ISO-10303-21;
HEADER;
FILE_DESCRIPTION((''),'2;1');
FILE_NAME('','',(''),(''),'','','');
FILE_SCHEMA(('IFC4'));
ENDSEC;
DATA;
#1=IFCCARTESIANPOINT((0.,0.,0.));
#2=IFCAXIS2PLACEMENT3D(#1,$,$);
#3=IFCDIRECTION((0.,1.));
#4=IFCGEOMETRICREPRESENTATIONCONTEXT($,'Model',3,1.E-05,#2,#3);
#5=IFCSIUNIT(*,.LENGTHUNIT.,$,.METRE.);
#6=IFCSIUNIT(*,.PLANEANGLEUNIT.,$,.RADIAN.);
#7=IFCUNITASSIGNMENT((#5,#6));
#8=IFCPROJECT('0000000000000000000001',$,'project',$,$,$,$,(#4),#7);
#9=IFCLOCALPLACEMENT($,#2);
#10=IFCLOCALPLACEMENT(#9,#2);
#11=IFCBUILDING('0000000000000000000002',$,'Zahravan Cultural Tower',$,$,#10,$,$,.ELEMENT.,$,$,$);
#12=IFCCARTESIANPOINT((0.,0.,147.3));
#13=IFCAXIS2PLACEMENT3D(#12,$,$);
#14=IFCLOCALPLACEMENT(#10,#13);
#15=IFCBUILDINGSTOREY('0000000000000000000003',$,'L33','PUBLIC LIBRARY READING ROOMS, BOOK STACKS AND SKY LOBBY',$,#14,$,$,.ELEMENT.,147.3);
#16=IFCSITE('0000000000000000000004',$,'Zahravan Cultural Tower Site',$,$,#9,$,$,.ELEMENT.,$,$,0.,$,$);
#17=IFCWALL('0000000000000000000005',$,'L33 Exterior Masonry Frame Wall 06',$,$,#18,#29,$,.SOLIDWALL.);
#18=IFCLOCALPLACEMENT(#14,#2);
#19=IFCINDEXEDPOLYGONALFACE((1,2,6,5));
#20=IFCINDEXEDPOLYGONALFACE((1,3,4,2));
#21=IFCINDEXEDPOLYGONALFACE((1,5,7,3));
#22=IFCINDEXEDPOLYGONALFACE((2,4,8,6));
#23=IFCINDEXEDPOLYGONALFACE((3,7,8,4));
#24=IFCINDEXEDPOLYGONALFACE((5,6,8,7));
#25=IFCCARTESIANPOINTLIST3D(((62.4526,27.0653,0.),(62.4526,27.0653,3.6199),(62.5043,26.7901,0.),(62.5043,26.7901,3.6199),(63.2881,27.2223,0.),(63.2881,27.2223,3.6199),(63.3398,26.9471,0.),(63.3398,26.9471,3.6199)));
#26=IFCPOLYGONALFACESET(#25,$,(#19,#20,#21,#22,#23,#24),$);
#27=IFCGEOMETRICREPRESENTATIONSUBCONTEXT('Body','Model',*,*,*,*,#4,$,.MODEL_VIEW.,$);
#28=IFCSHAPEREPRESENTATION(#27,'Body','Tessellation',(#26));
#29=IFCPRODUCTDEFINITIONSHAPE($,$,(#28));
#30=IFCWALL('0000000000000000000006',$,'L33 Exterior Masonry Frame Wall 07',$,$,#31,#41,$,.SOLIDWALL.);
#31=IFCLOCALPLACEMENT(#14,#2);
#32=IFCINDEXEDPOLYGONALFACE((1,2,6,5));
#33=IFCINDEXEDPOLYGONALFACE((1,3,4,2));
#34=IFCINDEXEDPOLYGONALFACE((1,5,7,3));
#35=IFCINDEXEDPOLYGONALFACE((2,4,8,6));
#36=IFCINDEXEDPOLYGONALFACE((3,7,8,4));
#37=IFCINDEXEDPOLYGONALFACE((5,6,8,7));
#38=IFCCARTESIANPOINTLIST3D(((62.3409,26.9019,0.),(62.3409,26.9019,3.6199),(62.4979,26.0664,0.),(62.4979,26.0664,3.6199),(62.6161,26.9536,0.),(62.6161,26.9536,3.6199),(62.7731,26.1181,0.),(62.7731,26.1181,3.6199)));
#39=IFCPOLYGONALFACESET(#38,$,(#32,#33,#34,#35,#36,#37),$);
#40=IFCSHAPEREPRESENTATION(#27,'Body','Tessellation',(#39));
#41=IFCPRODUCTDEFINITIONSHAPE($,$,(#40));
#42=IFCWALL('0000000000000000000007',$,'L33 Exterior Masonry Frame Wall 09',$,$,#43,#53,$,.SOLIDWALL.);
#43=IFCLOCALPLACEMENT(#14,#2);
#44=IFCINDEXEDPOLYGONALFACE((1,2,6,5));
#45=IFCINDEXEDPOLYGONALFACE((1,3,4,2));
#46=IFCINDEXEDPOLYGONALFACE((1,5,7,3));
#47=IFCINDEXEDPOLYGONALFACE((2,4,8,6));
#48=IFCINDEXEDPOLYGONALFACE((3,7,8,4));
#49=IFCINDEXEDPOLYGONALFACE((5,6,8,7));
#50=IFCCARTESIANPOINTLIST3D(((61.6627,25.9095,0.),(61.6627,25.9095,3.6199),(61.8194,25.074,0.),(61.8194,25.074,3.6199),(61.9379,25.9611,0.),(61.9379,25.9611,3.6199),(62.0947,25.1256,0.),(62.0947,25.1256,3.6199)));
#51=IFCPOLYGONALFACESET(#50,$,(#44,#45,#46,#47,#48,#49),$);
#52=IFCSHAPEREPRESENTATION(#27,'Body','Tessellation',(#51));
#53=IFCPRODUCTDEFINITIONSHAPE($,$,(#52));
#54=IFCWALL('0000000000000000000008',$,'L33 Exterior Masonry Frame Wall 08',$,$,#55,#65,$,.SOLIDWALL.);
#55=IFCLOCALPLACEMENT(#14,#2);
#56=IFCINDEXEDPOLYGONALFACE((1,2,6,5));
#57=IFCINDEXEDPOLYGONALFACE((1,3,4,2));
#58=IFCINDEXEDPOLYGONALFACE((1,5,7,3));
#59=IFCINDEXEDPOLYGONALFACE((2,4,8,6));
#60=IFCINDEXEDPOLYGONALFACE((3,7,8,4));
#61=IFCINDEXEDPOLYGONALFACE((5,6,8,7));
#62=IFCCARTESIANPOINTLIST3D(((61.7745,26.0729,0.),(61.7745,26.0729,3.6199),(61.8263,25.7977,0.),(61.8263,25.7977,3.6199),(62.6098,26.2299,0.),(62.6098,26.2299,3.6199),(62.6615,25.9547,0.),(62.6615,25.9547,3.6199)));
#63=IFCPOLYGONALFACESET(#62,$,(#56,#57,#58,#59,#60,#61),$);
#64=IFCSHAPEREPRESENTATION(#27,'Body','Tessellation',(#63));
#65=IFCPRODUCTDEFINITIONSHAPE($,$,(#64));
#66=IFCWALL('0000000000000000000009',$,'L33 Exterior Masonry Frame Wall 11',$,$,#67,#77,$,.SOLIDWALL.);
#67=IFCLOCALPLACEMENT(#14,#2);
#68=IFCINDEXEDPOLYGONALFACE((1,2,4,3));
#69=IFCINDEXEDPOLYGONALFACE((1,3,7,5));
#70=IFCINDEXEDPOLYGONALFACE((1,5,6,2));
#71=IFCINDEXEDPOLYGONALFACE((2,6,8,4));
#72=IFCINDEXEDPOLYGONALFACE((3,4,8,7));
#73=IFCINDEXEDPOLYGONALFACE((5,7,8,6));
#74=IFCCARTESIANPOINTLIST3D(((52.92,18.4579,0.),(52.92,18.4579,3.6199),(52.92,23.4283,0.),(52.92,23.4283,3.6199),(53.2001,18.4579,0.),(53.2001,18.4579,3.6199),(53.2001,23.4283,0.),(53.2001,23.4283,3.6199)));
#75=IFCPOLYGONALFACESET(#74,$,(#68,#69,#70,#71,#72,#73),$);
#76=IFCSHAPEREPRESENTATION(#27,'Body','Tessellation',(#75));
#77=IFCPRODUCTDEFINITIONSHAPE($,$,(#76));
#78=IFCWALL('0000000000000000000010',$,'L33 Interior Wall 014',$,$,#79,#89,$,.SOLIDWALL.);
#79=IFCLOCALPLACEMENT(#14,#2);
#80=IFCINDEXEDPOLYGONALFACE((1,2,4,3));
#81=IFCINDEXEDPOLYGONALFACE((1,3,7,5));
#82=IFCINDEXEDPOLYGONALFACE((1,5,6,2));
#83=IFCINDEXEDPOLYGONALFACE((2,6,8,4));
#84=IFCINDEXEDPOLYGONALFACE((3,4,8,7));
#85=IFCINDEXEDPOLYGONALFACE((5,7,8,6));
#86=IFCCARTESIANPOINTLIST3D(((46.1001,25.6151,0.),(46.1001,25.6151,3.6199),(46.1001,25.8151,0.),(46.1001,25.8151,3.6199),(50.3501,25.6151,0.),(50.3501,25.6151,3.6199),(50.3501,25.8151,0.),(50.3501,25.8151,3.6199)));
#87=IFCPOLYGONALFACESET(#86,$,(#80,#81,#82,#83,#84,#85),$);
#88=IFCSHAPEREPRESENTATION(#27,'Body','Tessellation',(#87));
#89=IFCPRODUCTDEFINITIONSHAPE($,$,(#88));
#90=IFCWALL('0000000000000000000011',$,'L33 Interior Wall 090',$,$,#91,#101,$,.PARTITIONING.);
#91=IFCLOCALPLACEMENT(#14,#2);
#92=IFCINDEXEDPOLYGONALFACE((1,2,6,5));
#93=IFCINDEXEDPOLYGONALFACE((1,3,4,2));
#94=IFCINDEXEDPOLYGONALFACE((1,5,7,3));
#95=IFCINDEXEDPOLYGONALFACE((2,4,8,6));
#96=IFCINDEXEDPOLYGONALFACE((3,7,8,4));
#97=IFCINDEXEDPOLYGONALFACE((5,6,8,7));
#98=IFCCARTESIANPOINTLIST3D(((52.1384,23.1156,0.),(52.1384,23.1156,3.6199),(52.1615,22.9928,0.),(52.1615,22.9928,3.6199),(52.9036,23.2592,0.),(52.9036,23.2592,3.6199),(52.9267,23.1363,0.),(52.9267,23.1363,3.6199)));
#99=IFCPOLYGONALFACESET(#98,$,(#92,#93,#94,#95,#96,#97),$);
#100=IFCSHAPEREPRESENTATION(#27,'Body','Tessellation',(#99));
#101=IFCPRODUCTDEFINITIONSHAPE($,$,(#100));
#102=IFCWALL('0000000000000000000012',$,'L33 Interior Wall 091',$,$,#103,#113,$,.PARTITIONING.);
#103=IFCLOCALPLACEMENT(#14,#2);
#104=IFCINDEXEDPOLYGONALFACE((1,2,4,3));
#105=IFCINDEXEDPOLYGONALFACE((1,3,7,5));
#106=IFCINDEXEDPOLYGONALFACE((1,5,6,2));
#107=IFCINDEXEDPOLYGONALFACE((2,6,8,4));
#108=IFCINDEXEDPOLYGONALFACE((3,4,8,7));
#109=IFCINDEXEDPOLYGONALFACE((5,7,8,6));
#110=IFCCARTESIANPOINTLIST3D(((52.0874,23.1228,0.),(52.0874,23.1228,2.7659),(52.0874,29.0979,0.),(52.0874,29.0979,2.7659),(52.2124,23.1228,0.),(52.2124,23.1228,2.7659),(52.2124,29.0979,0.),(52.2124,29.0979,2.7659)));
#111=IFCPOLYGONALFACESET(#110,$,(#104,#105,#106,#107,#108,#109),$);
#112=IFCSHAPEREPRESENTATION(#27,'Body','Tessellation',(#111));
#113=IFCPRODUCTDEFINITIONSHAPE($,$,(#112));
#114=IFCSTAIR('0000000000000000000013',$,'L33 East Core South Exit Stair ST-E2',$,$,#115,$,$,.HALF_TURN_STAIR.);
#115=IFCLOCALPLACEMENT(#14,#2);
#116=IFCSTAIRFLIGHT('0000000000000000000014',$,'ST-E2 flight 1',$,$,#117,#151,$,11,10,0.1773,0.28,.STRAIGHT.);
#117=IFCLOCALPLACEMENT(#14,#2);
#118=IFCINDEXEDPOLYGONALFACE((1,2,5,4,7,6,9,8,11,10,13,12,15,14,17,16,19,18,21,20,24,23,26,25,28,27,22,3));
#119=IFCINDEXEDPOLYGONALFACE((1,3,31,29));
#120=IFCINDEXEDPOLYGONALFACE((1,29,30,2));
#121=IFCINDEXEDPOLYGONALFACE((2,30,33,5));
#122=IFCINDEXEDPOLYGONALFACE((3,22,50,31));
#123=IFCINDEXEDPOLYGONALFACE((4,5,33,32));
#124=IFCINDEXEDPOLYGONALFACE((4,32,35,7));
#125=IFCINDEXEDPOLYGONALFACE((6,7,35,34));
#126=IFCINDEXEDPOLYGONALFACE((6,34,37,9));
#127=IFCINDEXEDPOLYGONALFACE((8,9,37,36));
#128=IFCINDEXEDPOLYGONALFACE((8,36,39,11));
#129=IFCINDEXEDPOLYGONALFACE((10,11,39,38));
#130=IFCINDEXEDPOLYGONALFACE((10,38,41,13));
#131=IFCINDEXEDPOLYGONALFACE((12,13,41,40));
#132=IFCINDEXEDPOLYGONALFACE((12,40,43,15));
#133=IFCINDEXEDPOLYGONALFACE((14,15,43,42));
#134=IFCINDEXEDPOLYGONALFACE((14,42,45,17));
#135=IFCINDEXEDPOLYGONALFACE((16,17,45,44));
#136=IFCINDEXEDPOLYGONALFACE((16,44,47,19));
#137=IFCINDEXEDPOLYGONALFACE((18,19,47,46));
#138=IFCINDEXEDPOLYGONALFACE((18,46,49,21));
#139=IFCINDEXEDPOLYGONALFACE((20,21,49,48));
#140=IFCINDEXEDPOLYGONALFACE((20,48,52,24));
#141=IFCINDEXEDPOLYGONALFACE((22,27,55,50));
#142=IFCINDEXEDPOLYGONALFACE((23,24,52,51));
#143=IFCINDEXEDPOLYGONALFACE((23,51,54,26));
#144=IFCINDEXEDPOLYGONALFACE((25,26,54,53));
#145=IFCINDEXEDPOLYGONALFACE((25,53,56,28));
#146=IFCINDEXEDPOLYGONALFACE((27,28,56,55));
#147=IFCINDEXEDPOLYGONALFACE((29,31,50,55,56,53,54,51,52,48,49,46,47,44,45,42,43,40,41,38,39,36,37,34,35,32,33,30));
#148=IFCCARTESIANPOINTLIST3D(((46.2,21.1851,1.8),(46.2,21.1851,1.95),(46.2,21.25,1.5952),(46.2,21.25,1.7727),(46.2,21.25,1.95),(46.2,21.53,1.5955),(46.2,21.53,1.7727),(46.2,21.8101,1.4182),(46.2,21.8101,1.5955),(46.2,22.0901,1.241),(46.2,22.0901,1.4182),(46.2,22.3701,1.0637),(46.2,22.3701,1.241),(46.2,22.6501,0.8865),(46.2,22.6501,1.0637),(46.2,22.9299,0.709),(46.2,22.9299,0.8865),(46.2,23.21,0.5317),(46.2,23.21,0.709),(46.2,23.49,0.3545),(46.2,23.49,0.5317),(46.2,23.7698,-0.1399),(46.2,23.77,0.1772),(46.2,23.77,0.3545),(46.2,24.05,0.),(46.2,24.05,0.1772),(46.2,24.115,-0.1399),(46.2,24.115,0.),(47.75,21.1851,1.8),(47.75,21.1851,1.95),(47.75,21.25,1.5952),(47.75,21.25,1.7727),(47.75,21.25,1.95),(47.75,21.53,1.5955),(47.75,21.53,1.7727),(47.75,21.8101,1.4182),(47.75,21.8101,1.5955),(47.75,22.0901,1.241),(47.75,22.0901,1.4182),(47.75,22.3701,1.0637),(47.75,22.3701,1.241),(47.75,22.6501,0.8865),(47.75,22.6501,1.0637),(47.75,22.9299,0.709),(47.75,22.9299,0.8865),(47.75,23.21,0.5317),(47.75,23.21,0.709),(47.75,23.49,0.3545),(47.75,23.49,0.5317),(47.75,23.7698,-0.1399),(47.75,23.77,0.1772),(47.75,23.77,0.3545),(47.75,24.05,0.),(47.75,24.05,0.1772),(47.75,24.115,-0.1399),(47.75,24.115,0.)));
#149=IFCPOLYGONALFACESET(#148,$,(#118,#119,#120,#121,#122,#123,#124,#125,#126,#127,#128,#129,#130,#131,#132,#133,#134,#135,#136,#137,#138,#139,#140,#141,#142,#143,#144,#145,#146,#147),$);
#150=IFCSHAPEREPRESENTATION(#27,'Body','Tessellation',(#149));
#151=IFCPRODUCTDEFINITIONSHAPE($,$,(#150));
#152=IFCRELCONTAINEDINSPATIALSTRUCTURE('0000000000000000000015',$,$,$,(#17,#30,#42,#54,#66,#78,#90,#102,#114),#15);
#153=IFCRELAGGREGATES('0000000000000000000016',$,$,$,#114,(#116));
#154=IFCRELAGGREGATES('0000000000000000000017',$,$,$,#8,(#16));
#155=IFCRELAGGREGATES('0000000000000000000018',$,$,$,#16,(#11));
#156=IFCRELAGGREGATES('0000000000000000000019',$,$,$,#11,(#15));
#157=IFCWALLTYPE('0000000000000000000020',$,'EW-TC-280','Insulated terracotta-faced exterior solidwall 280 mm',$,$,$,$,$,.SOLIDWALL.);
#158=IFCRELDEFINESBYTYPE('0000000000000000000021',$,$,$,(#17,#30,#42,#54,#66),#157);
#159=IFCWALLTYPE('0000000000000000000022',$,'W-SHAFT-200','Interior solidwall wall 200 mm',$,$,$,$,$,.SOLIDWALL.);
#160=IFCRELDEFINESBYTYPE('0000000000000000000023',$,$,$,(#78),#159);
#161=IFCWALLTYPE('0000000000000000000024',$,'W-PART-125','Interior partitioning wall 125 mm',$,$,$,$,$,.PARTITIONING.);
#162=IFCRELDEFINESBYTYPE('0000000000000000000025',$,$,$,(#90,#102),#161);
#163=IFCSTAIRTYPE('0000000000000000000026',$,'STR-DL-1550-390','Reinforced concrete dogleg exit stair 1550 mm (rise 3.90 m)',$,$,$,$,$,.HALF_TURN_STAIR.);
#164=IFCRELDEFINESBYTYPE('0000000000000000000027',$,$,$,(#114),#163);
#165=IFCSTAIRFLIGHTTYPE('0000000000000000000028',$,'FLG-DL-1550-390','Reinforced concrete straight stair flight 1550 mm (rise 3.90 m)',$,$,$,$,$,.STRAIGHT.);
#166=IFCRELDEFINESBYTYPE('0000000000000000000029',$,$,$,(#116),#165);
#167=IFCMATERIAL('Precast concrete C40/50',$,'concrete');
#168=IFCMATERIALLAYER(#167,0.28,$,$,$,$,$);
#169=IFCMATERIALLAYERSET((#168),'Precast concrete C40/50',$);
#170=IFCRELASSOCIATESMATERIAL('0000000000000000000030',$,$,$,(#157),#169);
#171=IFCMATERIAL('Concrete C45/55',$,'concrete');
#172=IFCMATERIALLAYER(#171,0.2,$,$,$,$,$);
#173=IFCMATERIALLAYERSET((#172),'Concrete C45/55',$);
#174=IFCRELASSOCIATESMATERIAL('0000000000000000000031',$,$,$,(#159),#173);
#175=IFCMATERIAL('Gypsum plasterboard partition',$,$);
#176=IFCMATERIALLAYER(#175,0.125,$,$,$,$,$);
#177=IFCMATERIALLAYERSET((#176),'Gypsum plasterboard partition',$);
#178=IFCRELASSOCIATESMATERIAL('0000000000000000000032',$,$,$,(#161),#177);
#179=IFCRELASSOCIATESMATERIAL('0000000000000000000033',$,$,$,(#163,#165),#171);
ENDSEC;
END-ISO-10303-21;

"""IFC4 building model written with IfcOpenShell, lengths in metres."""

from ifc_helpers import new_model, si_unit, direction, frame, frame_2d, origin, place, context, subcontext, project, spatial, polyline, rectangle, outline, extrude, source, transform, mapped, material, layer, layer_set, type_object, element, aggregate, save


model = new_model("IFC4")

# Units and contexts
model_context = context("Model", 3, precision=1e-05, world=origin(), true_north=direction((0.0, 1.0)))
body_context = subcontext(model_context, "Body", "Model", "MODEL_VIEW")
ifc_project = project(units=[si_unit("LENGTHUNIT", "METRE"), si_unit("PLANEANGLEUNIT", "RADIAN")], contexts=[model_context])

# Site, building, storey
site_placement = place(None, origin())
site = spatial("IfcSite", under=ifc_project, at=site_placement, Name="Zahravan Cultural Tower Site", CompositionType="ELEMENT", RefElevation=0.0)
building_placement = place(site_placement, origin())
building = spatial("IfcBuilding", under=site, at=building_placement, Name="Zahravan Cultural Tower", CompositionType="ELEMENT")
storey_placement = place(building_placement, frame((0.0, 0.0, 147.3)))
storey = spatial("IfcBuildingStorey", under=building, at=storey_placement, Name="L33", Description="PUBLIC LIBRARY READING ROOMS, BOOK STACKS AND SKY LOBBY", CompositionType="ELEMENT", Elevation=147.3)

# Shared definitions
ifc_material_1 = material(Name="Precast concrete C40/50", Category="concrete")
ifc_layer_1 = layer(ifc_material_1, 0.28)
ifc_layer_set_1 = layer_set([ifc_layer_1], Name="Precast concrete C40/50")
wall_type_1 = type_object("IfcWallType", Name="EW-TC-280", Description="Insulated terracotta-faced exterior solidwall 280 mm", PredefinedType="SOLIDWALL", material=ifc_layer_set_1)

# Walls
shared_shape_1 = source(origin(), body_context, "Body", "SweptSolid", [
    extrude(rectangle(XDim=0.8501, YDim=0.28, at=frame_2d((0.425, 0.0))), origin(), (0.0, 0.0, 1.0), 3.6199),
])
for number, where, z_axis, x_axis, name in (
    (1, (63.314, 27.0847, 0.0), (0.0, 0.0, 1.0), (-0.982801, -0.18467, 0.0), "L33 Exterior Masonry Frame Wall 06"),
    (2, (62.4785, 26.9277, 0.0), (0.0, 0.0, 1.0), (0.18467, -0.982801, 0.0), "L33 Exterior Masonry Frame Wall 07"),
    (3, (61.8003, 25.9353, 0.0), (0.0, 0.0, 1.0), (0.184393, -0.982853, 0.0), "L33 Exterior Masonry Frame Wall 09"),
):
    element("IfcWall", number, at=place(storey_placement, frame(where, z_axis=z_axis, x_axis=x_axis)), inside=storey, type_object=wall_type_1, Name=name, PredefinedType="SOLIDWALL", context=body_context, shape_type="MappedRepresentation", body=[
        mapped(shared_shape_1, transform((0.0, 0.0, 0.0), x_axis=(1.0, 0.0, 0.0), y_axis=(0.0, 1.0, 0.0), z_axis=(0.0, 0.0, 1.0), scale=1.0)),
    ])
shared_shape_2 = source(origin(), body_context, "Body", "SweptSolid", [
    extrude(rectangle(XDim=0.8499, YDim=0.28, at=frame_2d((0.4248, 0.0))), origin(), (0.0, 0.0, 1.0), 3.6199),
])
wall_1_placement = place(storey_placement, frame((62.6355, 26.0923, 0.0), z_axis=(0.0, 0.0, 1.0), x_axis=(-0.982791, -0.184722, 0.0)))
element("IfcWall", 4, at=wall_1_placement, inside=storey, type_object=wall_type_1, Name="L33 Exterior Masonry Frame Wall 08", PredefinedType="SOLIDWALL", context=body_context, shape_type="MappedRepresentation", body=[
    mapped(shared_shape_2, transform((0.0, 0.0, 0.0), x_axis=(1.0, 0.0, 0.0), y_axis=(0.0, 1.0, 0.0), z_axis=(0.0, 0.0, 1.0), scale=1.0)),
])
shared_shape_3 = source(origin(), body_context, "Body", "SweptSolid", [
    extrude(rectangle(XDim=4.9705, YDim=0.28, at=frame_2d((2.4854, 0.0))), origin(), (0.0, 0.0, 1.0), 3.6199),
])
wall_2_placement = place(storey_placement, frame((53.0601, 23.4285, 0.0), z_axis=(0.0, 0.0, 1.0), x_axis=(0.0, -1.0, 0.0)))
element("IfcWall", 5, at=wall_2_placement, inside=storey, type_object=wall_type_1, Name="L33 Exterior Masonry Frame Wall 11", PredefinedType="SOLIDWALL", context=body_context, shape_type="MappedRepresentation", body=[
    mapped(shared_shape_3, transform((0.0, 0.0, 0.0), x_axis=(1.0, 0.0, 0.0), y_axis=(0.0, 1.0, 0.0), z_axis=(0.0, 0.0, 1.0), scale=1.0)),
])
ifc_material_2 = material(Name="Concrete C45/55", Category="concrete")
ifc_layer_2 = layer(ifc_material_2, 0.2)
ifc_layer_set_2 = layer_set([ifc_layer_2], Name="Concrete C45/55")
wall_type_2 = type_object("IfcWallType", Name="W-SHAFT-200", Description="Interior solidwall wall 200 mm", PredefinedType="SOLIDWALL", material=ifc_layer_set_2)
shared_shape_4 = source(origin(), body_context, "Body", "SweptSolid", [
    extrude(rectangle(XDim=4.25, YDim=0.2, at=frame_2d((2.125, 0.0))), origin(), (0.0, 0.0, 1.0), 3.6199),
])
wall_3_placement = place(storey_placement, frame((46.1001, 25.7151, 0.0), z_axis=(0.0, 0.0, 1.0), x_axis=(1.0, 0.0, 0.0)))
element("IfcWall", 6, at=wall_3_placement, inside=storey, type_object=wall_type_2, Name="L33 Interior Wall 014", PredefinedType="SOLIDWALL", context=body_context, shape_type="MappedRepresentation", body=[
    mapped(shared_shape_4, transform((0.0, 0.0, 0.0), x_axis=(1.0, 0.0, 0.0), y_axis=(0.0, 1.0, 0.0), z_axis=(0.0, 0.0, 1.0), scale=1.0)),
])
ifc_material_3 = material(Name="Gypsum plasterboard partition")
ifc_layer_3 = layer(ifc_material_3, 0.125)
ifc_layer_set_3 = layer_set([ifc_layer_3], Name="Gypsum plasterboard partition")
wall_type_3 = type_object("IfcWallType", Name="W-PART-125", Description="Interior partitioning wall 125 mm", PredefinedType="PARTITIONING", material=ifc_layer_set_3)
shared_shape_5 = source(origin(), body_context, "Body", "SweptSolid", [
    extrude(rectangle(XDim=0.7786, YDim=0.125, at=frame_2d((0.3892, 0.0))), origin(), (0.0, 0.0, 1.0), 3.6199),
])
wall_4_placement = place(storey_placement, frame((52.915, 23.1978, 0.0), z_axis=(0.0, 0.0, 1.0), x_axis=(-0.982851, -0.184402, 0.0)))
element("IfcWall", 7, at=wall_4_placement, inside=storey, type_object=wall_type_3, Name="L33 Interior Wall 090", PredefinedType="PARTITIONING", context=body_context, shape_type="MappedRepresentation", body=[
    mapped(shared_shape_5, transform((0.0, 0.0, 0.0), x_axis=(1.0, 0.0, 0.0), y_axis=(0.0, 1.0, 0.0), z_axis=(0.0, 0.0, 1.0), scale=1.0)),
])
shared_shape_6 = source(origin(), body_context, "Body", "SweptSolid", [
    extrude(rectangle(XDim=5.9751, YDim=0.125, at=frame_2d((2.9875, 0.0))), origin(), (0.0, 0.0, 1.0), 2.7659),
])
wall_5_placement = place(storey_placement, frame((52.1499, 23.1228, 0.0), z_axis=(0.0, 0.0, 1.0), x_axis=(0.0, 1.0, 0.0)))
element("IfcWall", 8, at=wall_5_placement, inside=storey, type_object=wall_type_3, Name="L33 Interior Wall 091", PredefinedType="PARTITIONING", context=body_context, shape_type="MappedRepresentation", body=[
    mapped(shared_shape_6, transform((0.0, 0.0, 0.0), x_axis=(1.0, 0.0, 0.0), y_axis=(0.0, 1.0, 0.0), z_axis=(0.0, 0.0, 1.0), scale=1.0)),
])

# Stair, stair flight
stair_type = type_object("IfcStairType", Name="STR-DL-1550-390", Description="Reinforced concrete dogleg exit stair 1550 mm (rise 3.90 m)", PredefinedType="HALF_TURN_STAIR", material=ifc_material_2)
stair_placement = place(storey_placement, origin())
stair = element("IfcStair", 9, at=stair_placement, inside=storey, type_object=stair_type, Name="L33 East Core South Exit Stair ST-E2", PredefinedType="HALF_TURN_STAIR")
stair_flight_type = type_object("IfcStairFlightType", Name="FLG-DL-1550-390", Description="Reinforced concrete straight stair flight 1550 mm (rise 3.90 m)", PredefinedType="STRAIGHT", material=ifc_material_2)
stair_flight_1_placement = place(storey_placement, frame((46.9751, 24.05, 0.0), z_axis=(0.0, 0.0, 1.0), x_axis=(0.0, -1.0, 0.0)))
stair_flight_1 = element("IfcStairFlight", 10, at=stair_flight_1_placement, type_object=stair_flight_type, Name="ST-E2 flight 1", NumberOfRisers=11, NumberOfTreads=10, PredefinedType="STRAIGHT", RiserHeight=0.1773, TreadLength=0.28, context=body_context, shape_type="SweptSolid", body=[
    extrude(outline(polyline([(-0.0649, -0.1399), (-0.0649, 0.0), (0.0, 0.0), (0.0, 0.1772), (0.28, 0.1772), (0.28, 0.3545), (0.5601, 0.3545), (0.5601, 0.5317), (0.8401, 0.5317), (0.8401, 0.709), (1.1201, 0.709), (1.1201, 0.8865), (1.3999, 0.8865), (1.3999, 1.0637), (1.6799, 1.0637), (1.6799, 1.241), (1.96, 1.241), (1.96, 1.4182), (2.24, 1.4182), (2.24, 1.5955), (2.52, 1.5955), (2.52, 1.7727), (2.8, 1.7727), (2.8, 1.95), (2.865, 1.95), (2.865, 1.8), (2.8, 1.5952), (0.2803, -0.1399), (-0.0649, -0.1399)])), frame((0.0, 0.7749, 0.0), z_axis=(0.0, -1.0, 0.0), x_axis=(1.0, 0.0, 0.0)), (0.0, 0.0, 1.0), 1.55),
])
aggregate(stair, [stair_flight_1])

save(model, "model.ifc")
